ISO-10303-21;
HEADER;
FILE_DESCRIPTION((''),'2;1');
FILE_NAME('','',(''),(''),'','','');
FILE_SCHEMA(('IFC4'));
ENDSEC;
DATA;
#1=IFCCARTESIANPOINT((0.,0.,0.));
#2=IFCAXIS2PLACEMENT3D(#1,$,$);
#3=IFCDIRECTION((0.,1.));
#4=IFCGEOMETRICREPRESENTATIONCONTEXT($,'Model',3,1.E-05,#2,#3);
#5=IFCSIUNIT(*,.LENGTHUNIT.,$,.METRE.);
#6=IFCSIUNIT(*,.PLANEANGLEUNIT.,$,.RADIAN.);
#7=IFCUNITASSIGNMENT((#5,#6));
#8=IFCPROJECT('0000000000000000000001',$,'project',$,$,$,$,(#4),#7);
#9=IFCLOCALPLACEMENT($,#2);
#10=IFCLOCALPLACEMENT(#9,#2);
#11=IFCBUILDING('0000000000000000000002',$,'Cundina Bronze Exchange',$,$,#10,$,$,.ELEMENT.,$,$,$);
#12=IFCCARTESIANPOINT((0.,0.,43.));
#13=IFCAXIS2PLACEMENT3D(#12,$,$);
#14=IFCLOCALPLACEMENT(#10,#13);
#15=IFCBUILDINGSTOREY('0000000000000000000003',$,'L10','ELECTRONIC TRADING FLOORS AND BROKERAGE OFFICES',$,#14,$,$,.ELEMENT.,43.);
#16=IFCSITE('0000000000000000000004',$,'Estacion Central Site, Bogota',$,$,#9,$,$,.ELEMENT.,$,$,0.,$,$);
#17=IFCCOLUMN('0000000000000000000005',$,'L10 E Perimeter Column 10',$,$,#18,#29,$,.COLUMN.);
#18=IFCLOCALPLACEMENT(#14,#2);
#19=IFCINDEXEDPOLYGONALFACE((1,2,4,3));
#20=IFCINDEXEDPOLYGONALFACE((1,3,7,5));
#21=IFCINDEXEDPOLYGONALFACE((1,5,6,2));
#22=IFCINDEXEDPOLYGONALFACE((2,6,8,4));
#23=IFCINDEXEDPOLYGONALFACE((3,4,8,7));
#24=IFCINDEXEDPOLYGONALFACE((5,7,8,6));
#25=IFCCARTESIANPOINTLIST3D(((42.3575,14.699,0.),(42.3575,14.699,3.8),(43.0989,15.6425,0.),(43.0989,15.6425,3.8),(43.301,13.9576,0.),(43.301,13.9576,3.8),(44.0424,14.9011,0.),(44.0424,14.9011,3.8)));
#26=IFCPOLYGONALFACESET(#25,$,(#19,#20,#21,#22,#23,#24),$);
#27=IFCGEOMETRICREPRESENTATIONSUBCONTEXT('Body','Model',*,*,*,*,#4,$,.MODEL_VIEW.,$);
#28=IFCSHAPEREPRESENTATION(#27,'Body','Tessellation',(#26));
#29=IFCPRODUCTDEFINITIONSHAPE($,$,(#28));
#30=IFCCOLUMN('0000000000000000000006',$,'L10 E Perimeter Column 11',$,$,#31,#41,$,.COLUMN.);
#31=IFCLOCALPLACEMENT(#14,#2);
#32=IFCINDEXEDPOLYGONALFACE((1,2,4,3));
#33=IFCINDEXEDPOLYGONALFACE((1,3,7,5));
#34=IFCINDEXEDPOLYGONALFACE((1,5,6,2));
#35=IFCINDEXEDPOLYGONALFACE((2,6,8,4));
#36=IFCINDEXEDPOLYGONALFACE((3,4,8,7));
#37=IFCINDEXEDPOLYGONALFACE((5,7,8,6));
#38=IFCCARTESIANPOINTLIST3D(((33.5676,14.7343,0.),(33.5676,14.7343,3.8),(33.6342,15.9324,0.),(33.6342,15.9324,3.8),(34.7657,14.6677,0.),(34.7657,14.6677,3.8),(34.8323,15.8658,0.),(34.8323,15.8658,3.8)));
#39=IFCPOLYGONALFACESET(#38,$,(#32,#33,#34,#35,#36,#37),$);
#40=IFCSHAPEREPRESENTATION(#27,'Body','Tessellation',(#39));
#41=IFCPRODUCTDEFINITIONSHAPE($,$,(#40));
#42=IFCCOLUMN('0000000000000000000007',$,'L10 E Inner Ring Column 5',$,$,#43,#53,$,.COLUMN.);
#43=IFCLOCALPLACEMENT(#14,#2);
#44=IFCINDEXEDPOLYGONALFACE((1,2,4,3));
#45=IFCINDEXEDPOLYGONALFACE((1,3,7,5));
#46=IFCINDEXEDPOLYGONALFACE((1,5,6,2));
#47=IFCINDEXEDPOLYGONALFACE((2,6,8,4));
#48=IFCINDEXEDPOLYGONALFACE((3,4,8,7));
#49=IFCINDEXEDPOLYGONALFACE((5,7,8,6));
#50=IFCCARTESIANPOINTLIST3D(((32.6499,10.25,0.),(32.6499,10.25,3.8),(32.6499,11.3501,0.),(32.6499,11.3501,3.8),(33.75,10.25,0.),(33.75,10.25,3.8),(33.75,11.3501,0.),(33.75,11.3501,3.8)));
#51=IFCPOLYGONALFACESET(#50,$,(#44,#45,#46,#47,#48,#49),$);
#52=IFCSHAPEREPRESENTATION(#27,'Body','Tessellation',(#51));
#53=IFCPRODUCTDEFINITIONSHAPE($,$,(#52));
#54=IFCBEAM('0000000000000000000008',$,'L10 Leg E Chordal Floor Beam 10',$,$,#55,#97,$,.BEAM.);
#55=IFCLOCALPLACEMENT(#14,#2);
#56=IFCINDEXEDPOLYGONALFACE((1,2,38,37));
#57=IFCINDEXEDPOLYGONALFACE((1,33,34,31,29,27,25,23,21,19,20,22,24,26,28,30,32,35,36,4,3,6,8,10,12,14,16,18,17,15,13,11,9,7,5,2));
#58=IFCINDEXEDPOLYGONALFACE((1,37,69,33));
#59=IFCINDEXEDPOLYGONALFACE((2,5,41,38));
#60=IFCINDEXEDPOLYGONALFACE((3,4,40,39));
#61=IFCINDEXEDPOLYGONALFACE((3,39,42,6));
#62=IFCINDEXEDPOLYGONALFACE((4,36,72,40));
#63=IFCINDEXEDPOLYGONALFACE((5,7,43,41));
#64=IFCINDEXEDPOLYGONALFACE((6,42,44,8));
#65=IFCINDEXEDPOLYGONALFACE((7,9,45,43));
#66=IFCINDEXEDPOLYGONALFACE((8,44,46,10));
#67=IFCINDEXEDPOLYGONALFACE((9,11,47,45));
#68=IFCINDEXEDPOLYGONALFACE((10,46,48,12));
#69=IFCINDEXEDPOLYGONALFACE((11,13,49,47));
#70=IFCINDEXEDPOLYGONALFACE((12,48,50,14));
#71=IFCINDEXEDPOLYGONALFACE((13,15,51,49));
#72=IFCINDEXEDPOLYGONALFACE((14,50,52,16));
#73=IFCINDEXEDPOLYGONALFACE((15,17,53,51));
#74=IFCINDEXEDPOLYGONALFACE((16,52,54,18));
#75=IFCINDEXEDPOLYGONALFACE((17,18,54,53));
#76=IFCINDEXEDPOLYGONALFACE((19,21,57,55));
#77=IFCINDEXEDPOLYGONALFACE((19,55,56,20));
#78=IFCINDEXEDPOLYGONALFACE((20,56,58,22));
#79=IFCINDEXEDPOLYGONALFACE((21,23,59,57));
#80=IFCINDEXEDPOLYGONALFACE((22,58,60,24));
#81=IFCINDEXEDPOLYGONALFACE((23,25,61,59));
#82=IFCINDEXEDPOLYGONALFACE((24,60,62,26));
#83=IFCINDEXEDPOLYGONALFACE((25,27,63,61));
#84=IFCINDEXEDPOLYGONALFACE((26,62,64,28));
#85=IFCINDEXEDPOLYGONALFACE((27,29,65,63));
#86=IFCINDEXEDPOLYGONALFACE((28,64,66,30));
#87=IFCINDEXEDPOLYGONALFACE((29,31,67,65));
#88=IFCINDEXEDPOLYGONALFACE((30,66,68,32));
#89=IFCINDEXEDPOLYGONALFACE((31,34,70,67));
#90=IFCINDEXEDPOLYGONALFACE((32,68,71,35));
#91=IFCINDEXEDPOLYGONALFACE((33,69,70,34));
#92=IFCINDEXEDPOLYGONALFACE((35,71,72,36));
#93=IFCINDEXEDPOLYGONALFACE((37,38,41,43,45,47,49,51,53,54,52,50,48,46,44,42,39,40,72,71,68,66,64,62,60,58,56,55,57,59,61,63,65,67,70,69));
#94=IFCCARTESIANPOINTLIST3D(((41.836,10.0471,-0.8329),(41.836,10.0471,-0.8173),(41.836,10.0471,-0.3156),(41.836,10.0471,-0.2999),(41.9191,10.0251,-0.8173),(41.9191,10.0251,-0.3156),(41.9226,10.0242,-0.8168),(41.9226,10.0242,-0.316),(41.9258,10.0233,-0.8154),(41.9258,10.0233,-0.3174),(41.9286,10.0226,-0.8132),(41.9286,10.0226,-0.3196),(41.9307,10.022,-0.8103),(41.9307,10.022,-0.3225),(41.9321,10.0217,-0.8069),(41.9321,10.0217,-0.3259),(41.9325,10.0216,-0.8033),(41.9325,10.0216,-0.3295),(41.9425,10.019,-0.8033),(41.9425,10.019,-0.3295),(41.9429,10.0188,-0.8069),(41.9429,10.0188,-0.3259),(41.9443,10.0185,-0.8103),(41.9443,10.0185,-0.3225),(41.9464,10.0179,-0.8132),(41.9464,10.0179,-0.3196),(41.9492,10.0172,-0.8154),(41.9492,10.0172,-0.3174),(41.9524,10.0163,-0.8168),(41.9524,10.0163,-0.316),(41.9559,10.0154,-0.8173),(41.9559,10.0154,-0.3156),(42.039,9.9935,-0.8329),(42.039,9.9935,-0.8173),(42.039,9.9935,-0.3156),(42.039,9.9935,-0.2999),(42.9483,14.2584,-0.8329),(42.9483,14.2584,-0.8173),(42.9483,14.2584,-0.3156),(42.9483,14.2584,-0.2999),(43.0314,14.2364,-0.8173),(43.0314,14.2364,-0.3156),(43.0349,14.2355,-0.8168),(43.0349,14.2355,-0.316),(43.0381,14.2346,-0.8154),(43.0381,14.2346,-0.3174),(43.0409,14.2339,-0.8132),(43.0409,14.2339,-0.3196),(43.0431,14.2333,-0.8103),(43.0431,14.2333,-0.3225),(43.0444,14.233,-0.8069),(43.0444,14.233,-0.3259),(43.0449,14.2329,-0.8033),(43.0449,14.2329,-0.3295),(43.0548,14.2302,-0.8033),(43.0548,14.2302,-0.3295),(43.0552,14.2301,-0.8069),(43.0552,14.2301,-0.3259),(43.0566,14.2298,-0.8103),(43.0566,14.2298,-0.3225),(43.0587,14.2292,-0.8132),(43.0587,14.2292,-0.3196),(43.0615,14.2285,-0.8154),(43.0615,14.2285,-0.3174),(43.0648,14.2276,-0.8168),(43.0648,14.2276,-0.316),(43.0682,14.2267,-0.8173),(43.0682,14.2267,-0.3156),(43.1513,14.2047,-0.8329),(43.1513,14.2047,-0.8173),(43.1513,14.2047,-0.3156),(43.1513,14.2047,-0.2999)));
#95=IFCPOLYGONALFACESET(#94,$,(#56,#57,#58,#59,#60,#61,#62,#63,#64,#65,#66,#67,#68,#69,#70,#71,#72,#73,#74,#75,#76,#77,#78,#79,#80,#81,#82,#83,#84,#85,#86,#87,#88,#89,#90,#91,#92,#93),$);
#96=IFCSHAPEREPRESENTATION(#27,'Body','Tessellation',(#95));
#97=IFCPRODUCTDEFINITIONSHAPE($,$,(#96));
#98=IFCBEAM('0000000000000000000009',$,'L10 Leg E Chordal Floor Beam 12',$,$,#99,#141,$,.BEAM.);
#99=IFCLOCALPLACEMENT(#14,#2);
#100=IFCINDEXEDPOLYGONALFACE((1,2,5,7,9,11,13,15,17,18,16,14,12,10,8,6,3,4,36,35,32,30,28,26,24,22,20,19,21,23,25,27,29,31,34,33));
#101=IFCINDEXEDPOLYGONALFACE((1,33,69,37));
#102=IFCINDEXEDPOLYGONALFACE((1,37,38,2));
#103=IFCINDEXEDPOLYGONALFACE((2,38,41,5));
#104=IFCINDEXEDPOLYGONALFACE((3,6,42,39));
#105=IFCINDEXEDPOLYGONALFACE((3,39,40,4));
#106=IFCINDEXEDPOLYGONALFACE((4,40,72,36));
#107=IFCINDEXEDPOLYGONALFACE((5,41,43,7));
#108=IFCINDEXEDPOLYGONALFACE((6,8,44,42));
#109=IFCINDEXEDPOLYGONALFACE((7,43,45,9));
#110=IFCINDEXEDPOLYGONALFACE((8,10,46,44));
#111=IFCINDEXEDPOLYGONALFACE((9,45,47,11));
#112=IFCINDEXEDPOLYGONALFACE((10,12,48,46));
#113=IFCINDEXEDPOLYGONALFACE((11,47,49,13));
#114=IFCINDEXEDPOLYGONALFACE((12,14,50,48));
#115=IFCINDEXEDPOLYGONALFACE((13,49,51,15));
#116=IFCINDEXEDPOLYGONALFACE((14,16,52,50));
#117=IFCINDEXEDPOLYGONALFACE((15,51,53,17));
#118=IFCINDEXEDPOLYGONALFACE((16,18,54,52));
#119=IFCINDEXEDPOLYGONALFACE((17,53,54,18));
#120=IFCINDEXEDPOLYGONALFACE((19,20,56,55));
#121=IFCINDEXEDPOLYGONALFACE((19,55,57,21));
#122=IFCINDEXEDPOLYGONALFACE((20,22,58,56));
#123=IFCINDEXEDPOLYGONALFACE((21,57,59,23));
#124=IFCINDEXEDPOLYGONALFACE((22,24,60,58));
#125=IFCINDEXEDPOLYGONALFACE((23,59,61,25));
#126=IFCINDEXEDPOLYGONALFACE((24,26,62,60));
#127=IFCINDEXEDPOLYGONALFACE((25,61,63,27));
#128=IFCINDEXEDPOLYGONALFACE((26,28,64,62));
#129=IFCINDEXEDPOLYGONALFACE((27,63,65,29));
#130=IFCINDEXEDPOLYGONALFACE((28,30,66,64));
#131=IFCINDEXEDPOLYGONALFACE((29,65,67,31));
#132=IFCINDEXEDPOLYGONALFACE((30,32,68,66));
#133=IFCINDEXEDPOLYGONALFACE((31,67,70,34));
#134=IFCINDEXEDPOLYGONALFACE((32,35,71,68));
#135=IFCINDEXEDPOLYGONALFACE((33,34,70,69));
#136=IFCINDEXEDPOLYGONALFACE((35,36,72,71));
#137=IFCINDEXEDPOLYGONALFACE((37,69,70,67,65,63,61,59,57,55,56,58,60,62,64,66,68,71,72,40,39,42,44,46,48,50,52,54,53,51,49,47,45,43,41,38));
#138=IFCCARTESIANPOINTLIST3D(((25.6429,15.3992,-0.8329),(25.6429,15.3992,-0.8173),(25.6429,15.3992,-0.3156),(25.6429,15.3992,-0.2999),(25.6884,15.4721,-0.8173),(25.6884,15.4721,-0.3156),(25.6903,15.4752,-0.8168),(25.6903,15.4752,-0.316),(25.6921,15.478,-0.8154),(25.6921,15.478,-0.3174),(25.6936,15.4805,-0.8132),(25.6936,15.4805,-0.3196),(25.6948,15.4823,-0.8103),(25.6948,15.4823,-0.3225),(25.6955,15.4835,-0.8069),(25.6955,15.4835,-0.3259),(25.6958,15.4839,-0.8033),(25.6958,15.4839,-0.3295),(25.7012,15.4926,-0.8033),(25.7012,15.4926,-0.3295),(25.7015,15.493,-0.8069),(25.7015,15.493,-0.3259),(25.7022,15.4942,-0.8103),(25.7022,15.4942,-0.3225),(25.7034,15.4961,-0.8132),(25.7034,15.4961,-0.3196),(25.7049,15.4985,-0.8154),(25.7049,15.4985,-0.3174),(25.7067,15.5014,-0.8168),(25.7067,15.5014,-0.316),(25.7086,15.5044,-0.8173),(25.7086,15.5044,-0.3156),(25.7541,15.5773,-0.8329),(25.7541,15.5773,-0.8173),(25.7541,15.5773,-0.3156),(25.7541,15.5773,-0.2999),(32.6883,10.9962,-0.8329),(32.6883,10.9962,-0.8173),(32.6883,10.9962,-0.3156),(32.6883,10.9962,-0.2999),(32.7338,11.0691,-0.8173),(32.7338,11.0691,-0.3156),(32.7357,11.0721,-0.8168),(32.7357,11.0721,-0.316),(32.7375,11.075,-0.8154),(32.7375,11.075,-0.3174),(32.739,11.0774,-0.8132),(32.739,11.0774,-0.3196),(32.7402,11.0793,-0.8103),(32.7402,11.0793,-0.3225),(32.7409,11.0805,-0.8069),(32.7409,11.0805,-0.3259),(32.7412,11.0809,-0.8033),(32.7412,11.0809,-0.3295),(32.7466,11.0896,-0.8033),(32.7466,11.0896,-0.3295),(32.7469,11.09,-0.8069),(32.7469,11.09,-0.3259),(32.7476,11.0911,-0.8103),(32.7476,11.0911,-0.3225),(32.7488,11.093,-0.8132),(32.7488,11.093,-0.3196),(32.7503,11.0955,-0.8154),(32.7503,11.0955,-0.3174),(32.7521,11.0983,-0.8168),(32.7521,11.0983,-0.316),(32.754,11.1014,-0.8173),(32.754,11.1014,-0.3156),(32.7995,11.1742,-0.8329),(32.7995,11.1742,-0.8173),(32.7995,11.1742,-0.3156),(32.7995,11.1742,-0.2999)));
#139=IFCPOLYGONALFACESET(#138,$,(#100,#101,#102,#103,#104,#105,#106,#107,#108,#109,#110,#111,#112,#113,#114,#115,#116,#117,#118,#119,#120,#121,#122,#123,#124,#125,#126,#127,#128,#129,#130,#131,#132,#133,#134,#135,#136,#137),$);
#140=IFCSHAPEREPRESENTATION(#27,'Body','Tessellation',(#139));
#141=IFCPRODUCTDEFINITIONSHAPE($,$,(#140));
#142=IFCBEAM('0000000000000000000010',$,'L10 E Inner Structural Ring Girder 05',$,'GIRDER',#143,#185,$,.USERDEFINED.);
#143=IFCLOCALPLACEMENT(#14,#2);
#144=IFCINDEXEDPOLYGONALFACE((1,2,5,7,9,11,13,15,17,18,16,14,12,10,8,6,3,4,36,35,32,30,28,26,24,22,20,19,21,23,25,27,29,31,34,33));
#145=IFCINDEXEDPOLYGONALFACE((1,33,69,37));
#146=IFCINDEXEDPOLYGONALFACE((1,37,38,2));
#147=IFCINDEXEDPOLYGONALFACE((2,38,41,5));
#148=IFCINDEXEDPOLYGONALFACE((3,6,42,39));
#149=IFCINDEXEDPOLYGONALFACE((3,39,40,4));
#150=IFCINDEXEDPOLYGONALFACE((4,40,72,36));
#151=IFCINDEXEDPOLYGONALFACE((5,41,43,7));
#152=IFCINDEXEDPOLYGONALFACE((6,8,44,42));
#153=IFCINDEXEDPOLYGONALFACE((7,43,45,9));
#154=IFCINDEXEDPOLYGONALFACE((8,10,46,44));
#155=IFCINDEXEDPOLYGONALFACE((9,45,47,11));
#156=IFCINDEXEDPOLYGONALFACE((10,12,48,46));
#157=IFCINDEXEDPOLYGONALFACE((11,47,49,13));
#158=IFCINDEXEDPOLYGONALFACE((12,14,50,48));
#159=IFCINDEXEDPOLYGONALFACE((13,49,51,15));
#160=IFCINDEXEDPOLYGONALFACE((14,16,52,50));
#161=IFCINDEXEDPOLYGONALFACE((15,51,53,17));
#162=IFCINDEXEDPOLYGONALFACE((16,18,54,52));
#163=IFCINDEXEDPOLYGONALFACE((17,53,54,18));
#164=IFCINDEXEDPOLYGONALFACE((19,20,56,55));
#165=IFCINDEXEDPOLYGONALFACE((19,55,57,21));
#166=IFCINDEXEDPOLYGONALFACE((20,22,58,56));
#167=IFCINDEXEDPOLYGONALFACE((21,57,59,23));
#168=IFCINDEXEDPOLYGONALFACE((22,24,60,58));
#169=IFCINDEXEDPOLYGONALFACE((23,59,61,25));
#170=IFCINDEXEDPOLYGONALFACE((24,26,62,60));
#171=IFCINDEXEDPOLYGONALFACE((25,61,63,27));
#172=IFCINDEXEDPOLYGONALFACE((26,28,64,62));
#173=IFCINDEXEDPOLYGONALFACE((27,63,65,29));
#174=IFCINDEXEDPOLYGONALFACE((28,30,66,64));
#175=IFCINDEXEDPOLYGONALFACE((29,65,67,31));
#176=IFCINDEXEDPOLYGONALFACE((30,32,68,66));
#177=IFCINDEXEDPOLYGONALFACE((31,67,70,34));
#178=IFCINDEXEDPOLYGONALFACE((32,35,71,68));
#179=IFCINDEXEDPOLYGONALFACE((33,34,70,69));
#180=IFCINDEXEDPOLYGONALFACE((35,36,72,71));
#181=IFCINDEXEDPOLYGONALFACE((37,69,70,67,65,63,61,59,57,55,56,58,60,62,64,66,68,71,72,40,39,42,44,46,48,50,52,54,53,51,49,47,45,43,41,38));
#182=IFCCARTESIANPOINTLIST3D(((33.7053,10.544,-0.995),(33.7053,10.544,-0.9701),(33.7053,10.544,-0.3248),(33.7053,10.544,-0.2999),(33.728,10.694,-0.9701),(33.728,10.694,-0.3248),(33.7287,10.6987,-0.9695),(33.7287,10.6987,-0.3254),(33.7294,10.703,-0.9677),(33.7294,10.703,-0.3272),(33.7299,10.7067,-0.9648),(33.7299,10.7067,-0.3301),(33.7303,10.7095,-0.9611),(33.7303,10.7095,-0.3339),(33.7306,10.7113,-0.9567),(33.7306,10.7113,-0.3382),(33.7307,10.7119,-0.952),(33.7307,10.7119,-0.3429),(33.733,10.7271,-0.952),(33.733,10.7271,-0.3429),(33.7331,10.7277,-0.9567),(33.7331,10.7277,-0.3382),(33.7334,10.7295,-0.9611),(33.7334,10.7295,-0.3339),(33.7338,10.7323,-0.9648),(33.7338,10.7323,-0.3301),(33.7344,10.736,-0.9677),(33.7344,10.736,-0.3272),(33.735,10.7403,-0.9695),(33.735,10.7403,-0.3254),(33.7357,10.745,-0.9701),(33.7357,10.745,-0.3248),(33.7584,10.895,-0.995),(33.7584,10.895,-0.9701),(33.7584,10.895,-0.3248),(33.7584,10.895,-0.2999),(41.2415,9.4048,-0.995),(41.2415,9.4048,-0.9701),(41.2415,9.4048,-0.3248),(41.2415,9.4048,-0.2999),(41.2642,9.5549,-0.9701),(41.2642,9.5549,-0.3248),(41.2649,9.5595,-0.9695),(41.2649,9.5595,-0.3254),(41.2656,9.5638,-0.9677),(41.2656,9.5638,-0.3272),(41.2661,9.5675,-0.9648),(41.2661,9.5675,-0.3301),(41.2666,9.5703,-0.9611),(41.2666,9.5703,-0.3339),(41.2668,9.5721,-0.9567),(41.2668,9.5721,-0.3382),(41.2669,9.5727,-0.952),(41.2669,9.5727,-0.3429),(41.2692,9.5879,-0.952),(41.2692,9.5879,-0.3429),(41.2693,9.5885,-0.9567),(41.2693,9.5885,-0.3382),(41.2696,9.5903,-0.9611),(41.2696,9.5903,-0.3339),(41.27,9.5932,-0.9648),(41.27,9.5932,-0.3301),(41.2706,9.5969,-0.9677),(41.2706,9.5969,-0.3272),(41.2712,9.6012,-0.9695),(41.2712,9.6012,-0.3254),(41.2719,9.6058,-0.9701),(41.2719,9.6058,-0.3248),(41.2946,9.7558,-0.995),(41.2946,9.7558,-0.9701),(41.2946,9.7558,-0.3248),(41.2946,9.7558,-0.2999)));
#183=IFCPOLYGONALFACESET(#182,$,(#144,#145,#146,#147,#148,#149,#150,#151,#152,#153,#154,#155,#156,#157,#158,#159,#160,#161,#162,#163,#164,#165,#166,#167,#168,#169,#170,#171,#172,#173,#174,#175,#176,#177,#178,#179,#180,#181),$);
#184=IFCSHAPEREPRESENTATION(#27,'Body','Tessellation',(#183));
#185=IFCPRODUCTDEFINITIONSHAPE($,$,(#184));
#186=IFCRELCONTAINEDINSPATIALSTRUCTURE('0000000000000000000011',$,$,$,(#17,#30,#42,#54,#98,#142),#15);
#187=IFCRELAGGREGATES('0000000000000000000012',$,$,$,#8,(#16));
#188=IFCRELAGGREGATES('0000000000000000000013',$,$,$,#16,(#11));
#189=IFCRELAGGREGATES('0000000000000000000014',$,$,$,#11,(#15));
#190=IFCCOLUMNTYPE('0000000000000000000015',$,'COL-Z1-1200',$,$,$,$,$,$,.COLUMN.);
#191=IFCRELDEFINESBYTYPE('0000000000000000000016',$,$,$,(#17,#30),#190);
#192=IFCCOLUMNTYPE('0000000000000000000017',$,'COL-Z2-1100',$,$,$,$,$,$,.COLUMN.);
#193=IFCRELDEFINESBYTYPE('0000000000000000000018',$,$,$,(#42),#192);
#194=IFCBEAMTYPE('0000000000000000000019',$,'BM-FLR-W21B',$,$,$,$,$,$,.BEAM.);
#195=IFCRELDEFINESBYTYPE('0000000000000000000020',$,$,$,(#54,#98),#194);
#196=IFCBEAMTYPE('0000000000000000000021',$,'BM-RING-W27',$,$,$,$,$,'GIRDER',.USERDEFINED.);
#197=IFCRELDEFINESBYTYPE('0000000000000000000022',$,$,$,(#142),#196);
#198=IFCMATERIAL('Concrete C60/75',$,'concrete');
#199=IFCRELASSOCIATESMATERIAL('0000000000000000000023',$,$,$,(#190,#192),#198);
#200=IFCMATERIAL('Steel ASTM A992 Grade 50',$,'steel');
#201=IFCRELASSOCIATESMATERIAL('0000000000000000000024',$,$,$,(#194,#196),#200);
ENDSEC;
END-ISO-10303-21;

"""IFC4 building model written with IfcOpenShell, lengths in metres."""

from ifc_helpers import new_model, si_unit, direction, frame, origin, origin_2d, place, context, subcontext, project, spatial, rectangle, i_section, extrude, material, material_profile, profile_set, type_object, element, save


model = new_model("IFC4")

# Units and contexts
model_context = context("Model", 3, precision=1e-05, world=origin(), true_north=direction((0.0, 1.0)))
body_context = subcontext(model_context, "Body", "Model", "MODEL_VIEW")
ifc_project = project(units=[si_unit("LENGTHUNIT", "METRE"), si_unit("PLANEANGLEUNIT", "RADIAN")], contexts=[model_context])

# Site, building, storey
site_placement = place(None, origin())
site = spatial("IfcSite", under=ifc_project, at=site_placement, Name="Estacion Central Site, Bogota", CompositionType="ELEMENT", RefElevation=0.0)
building_placement = place(site_placement, origin())
building = spatial("IfcBuilding", under=site, at=building_placement, Name="Cundina Bronze Exchange", CompositionType="ELEMENT")
storey_placement = place(building_placement, frame((0.0, 0.0, 43.0)))
storey = spatial("IfcBuildingStorey", under=building, at=storey_placement, Name="L10", Description="ELECTRONIC TRADING FLOORS AND BROKERAGE OFFICES", CompositionType="ELEMENT", Elevation=43.0)

# Columns
ifc_material_1 = material(Name="Concrete C60/75", Category="concrete")
ifc_material_profile_1 = material_profile(ifc_material_1, rectangle(XDim=1.2, YDim=1.2, at=origin_2d()), Name="RC1200X1200", Category="concrete")
ifc_profile_set_1 = profile_set([ifc_material_profile_1], Name="Concrete C60/75")
column_type_1 = type_object("IfcColumnType", Name="COL-Z1-1200", PredefinedType="COLUMN", material=ifc_profile_set_1)
for number, where, z_axis, x_axis, name in (
    (1, (43.2, 14.8, 0.0), (0.0, 0.0, 1.0), (-0.786288, 0.61786, 0.0), "L10 E Perimeter Column 10"),
    (2, (34.2, 15.3, 0.0), (0.0, 0.0, 1.0), (-0.99846, 0.055473, 0.0), "L10 E Perimeter Column 11"),
):
    element("IfcColumn", number, at=place(storey_placement, frame(where, z_axis=z_axis, x_axis=x_axis)), inside=storey, type_object=column_type_1, Name=name, PredefinedType="COLUMN", context=body_context, shape_type="SweptSolid", body=[
        extrude(rectangle(XDim=1.2, YDim=1.2, at=origin_2d()), origin(), (0.0, 0.0, 1.0), 3.8),
    ])
ifc_material_profile_2 = material_profile(ifc_material_1, rectangle(XDim=1.1001, YDim=1.1001, at=origin_2d()), Name="RC1100X1100", Category="concrete")
ifc_profile_set_2 = profile_set([ifc_material_profile_2], Name="Concrete C60/75")
column_type_2 = type_object("IfcColumnType", Name="COL-Z2-1100", PredefinedType="COLUMN", material=ifc_profile_set_2)
column_placement = place(storey_placement, frame((33.2, 10.8, 0.0), z_axis=(0.0, 0.0, 1.0), x_axis=(1.0, 0.0, 0.0)))
element("IfcColumn", 3, at=column_placement, inside=storey, type_object=column_type_2, Name="L10 E Inner Ring Column 5", PredefinedType="COLUMN", context=body_context, shape_type="SweptSolid", body=[
    extrude(rectangle(XDim=1.1001, YDim=1.1001, at=origin_2d()), origin(), (0.0, 0.0, 1.0), 3.8),
])

# Beams
ifc_material_2 = material(Name="Steel ASTM A992 Grade 50", Category="steel")
ifc_material_profile_3 = material_profile(ifc_material_2, i_section(OverallWidth=0.21, OverallDepth=0.533, WebThickness=0.0103, FlangeThickness=0.0156, FilletRadius=0.0139, at=origin_2d()), Name="W21X62", Category="steel")
ifc_profile_set_3 = profile_set([ifc_material_profile_3], Name="Steel ASTM A992 Grade 50")
beam_type_1 = type_object("IfcBeamType", Name="BM-FLR-W21B", PredefinedType="BEAM", material=ifc_profile_set_3)
beam_1_placement = place(storey_placement, frame((41.9375, 10.0203, -0.5664), z_axis=(0.255373, 0.966843, 0.0), x_axis=(-0.966843, 0.255373, 0.0)))
element("IfcBeam", 4, at=beam_1_placement, inside=storey, type_object=beam_type_1, Name="L10 Leg E Chordal Floor Beam 10", PredefinedType="BEAM", context=body_context, shape_type="SweptSolid", body=[
    extrude(i_section(OverallWidth=0.21, OverallDepth=0.533, WebThickness=0.0103, FlangeThickness=0.0156, FilletRadius=0.0139, at=origin_2d()), origin(), (0.0, 0.0, 1.0), 4.3557),
])
beam_2_placement = place(storey_placement, frame((32.7439, 11.0852, -0.5664), z_axis=(-0.848015, 0.529973, 0.0), x_axis=(-0.529973, -0.848015, 0.0)))
element("IfcBeam", 5, at=beam_2_placement, inside=storey, type_object=beam_type_1, Name="L10 Leg E Chordal Floor Beam 12", PredefinedType="BEAM", context=body_context, shape_type="SweptSolid", body=[
    extrude(i_section(OverallWidth=0.21, OverallDepth=0.533, WebThickness=0.0103, FlangeThickness=0.0156, FilletRadius=0.0139, at=origin_2d()), origin(), (0.0, 0.0, 1.0), 8.3081),
])
ifc_material_profile_4 = material_profile(ifc_material_2, i_section(OverallWidth=0.355, OverallDepth=0.6951, WebThickness=0.0154, FlangeThickness=0.0249, FilletRadius=0.0181, at=origin_2d()), Name="W27X146", Category="steel")
ifc_profile_set_4 = profile_set([ifc_material_profile_4], Name="Steel ASTM A992 Grade 50")
beam_type_2 = type_object("IfcBeamType", Name="BM-RING-W27", ElementType="GIRDER", PredefinedType="USERDEFINED", material=ifc_profile_set_4)
beam_3_placement = place(storey_placement, frame((41.2681, 9.5803, -0.6475), z_axis=(-0.988767, 0.149462, 0.0), x_axis=(-0.149462, -0.988767, 0.0)))
element("IfcBeam", 6, at=beam_3_placement, inside=storey, type_object=beam_type_2, Name="L10 E Inner Structural Ring Girder 05", ObjectType="GIRDER", PredefinedType="USERDEFINED", context=body_context, shape_type="SweptSolid", body=[
    extrude(i_section(OverallWidth=0.355, OverallDepth=0.6951, WebThickness=0.0154, FlangeThickness=0.0249, FilletRadius=0.0181, at=origin_2d()), origin(), (0.0, 0.0, 1.0), 7.6218),
])

save(model, "model.ifc")
